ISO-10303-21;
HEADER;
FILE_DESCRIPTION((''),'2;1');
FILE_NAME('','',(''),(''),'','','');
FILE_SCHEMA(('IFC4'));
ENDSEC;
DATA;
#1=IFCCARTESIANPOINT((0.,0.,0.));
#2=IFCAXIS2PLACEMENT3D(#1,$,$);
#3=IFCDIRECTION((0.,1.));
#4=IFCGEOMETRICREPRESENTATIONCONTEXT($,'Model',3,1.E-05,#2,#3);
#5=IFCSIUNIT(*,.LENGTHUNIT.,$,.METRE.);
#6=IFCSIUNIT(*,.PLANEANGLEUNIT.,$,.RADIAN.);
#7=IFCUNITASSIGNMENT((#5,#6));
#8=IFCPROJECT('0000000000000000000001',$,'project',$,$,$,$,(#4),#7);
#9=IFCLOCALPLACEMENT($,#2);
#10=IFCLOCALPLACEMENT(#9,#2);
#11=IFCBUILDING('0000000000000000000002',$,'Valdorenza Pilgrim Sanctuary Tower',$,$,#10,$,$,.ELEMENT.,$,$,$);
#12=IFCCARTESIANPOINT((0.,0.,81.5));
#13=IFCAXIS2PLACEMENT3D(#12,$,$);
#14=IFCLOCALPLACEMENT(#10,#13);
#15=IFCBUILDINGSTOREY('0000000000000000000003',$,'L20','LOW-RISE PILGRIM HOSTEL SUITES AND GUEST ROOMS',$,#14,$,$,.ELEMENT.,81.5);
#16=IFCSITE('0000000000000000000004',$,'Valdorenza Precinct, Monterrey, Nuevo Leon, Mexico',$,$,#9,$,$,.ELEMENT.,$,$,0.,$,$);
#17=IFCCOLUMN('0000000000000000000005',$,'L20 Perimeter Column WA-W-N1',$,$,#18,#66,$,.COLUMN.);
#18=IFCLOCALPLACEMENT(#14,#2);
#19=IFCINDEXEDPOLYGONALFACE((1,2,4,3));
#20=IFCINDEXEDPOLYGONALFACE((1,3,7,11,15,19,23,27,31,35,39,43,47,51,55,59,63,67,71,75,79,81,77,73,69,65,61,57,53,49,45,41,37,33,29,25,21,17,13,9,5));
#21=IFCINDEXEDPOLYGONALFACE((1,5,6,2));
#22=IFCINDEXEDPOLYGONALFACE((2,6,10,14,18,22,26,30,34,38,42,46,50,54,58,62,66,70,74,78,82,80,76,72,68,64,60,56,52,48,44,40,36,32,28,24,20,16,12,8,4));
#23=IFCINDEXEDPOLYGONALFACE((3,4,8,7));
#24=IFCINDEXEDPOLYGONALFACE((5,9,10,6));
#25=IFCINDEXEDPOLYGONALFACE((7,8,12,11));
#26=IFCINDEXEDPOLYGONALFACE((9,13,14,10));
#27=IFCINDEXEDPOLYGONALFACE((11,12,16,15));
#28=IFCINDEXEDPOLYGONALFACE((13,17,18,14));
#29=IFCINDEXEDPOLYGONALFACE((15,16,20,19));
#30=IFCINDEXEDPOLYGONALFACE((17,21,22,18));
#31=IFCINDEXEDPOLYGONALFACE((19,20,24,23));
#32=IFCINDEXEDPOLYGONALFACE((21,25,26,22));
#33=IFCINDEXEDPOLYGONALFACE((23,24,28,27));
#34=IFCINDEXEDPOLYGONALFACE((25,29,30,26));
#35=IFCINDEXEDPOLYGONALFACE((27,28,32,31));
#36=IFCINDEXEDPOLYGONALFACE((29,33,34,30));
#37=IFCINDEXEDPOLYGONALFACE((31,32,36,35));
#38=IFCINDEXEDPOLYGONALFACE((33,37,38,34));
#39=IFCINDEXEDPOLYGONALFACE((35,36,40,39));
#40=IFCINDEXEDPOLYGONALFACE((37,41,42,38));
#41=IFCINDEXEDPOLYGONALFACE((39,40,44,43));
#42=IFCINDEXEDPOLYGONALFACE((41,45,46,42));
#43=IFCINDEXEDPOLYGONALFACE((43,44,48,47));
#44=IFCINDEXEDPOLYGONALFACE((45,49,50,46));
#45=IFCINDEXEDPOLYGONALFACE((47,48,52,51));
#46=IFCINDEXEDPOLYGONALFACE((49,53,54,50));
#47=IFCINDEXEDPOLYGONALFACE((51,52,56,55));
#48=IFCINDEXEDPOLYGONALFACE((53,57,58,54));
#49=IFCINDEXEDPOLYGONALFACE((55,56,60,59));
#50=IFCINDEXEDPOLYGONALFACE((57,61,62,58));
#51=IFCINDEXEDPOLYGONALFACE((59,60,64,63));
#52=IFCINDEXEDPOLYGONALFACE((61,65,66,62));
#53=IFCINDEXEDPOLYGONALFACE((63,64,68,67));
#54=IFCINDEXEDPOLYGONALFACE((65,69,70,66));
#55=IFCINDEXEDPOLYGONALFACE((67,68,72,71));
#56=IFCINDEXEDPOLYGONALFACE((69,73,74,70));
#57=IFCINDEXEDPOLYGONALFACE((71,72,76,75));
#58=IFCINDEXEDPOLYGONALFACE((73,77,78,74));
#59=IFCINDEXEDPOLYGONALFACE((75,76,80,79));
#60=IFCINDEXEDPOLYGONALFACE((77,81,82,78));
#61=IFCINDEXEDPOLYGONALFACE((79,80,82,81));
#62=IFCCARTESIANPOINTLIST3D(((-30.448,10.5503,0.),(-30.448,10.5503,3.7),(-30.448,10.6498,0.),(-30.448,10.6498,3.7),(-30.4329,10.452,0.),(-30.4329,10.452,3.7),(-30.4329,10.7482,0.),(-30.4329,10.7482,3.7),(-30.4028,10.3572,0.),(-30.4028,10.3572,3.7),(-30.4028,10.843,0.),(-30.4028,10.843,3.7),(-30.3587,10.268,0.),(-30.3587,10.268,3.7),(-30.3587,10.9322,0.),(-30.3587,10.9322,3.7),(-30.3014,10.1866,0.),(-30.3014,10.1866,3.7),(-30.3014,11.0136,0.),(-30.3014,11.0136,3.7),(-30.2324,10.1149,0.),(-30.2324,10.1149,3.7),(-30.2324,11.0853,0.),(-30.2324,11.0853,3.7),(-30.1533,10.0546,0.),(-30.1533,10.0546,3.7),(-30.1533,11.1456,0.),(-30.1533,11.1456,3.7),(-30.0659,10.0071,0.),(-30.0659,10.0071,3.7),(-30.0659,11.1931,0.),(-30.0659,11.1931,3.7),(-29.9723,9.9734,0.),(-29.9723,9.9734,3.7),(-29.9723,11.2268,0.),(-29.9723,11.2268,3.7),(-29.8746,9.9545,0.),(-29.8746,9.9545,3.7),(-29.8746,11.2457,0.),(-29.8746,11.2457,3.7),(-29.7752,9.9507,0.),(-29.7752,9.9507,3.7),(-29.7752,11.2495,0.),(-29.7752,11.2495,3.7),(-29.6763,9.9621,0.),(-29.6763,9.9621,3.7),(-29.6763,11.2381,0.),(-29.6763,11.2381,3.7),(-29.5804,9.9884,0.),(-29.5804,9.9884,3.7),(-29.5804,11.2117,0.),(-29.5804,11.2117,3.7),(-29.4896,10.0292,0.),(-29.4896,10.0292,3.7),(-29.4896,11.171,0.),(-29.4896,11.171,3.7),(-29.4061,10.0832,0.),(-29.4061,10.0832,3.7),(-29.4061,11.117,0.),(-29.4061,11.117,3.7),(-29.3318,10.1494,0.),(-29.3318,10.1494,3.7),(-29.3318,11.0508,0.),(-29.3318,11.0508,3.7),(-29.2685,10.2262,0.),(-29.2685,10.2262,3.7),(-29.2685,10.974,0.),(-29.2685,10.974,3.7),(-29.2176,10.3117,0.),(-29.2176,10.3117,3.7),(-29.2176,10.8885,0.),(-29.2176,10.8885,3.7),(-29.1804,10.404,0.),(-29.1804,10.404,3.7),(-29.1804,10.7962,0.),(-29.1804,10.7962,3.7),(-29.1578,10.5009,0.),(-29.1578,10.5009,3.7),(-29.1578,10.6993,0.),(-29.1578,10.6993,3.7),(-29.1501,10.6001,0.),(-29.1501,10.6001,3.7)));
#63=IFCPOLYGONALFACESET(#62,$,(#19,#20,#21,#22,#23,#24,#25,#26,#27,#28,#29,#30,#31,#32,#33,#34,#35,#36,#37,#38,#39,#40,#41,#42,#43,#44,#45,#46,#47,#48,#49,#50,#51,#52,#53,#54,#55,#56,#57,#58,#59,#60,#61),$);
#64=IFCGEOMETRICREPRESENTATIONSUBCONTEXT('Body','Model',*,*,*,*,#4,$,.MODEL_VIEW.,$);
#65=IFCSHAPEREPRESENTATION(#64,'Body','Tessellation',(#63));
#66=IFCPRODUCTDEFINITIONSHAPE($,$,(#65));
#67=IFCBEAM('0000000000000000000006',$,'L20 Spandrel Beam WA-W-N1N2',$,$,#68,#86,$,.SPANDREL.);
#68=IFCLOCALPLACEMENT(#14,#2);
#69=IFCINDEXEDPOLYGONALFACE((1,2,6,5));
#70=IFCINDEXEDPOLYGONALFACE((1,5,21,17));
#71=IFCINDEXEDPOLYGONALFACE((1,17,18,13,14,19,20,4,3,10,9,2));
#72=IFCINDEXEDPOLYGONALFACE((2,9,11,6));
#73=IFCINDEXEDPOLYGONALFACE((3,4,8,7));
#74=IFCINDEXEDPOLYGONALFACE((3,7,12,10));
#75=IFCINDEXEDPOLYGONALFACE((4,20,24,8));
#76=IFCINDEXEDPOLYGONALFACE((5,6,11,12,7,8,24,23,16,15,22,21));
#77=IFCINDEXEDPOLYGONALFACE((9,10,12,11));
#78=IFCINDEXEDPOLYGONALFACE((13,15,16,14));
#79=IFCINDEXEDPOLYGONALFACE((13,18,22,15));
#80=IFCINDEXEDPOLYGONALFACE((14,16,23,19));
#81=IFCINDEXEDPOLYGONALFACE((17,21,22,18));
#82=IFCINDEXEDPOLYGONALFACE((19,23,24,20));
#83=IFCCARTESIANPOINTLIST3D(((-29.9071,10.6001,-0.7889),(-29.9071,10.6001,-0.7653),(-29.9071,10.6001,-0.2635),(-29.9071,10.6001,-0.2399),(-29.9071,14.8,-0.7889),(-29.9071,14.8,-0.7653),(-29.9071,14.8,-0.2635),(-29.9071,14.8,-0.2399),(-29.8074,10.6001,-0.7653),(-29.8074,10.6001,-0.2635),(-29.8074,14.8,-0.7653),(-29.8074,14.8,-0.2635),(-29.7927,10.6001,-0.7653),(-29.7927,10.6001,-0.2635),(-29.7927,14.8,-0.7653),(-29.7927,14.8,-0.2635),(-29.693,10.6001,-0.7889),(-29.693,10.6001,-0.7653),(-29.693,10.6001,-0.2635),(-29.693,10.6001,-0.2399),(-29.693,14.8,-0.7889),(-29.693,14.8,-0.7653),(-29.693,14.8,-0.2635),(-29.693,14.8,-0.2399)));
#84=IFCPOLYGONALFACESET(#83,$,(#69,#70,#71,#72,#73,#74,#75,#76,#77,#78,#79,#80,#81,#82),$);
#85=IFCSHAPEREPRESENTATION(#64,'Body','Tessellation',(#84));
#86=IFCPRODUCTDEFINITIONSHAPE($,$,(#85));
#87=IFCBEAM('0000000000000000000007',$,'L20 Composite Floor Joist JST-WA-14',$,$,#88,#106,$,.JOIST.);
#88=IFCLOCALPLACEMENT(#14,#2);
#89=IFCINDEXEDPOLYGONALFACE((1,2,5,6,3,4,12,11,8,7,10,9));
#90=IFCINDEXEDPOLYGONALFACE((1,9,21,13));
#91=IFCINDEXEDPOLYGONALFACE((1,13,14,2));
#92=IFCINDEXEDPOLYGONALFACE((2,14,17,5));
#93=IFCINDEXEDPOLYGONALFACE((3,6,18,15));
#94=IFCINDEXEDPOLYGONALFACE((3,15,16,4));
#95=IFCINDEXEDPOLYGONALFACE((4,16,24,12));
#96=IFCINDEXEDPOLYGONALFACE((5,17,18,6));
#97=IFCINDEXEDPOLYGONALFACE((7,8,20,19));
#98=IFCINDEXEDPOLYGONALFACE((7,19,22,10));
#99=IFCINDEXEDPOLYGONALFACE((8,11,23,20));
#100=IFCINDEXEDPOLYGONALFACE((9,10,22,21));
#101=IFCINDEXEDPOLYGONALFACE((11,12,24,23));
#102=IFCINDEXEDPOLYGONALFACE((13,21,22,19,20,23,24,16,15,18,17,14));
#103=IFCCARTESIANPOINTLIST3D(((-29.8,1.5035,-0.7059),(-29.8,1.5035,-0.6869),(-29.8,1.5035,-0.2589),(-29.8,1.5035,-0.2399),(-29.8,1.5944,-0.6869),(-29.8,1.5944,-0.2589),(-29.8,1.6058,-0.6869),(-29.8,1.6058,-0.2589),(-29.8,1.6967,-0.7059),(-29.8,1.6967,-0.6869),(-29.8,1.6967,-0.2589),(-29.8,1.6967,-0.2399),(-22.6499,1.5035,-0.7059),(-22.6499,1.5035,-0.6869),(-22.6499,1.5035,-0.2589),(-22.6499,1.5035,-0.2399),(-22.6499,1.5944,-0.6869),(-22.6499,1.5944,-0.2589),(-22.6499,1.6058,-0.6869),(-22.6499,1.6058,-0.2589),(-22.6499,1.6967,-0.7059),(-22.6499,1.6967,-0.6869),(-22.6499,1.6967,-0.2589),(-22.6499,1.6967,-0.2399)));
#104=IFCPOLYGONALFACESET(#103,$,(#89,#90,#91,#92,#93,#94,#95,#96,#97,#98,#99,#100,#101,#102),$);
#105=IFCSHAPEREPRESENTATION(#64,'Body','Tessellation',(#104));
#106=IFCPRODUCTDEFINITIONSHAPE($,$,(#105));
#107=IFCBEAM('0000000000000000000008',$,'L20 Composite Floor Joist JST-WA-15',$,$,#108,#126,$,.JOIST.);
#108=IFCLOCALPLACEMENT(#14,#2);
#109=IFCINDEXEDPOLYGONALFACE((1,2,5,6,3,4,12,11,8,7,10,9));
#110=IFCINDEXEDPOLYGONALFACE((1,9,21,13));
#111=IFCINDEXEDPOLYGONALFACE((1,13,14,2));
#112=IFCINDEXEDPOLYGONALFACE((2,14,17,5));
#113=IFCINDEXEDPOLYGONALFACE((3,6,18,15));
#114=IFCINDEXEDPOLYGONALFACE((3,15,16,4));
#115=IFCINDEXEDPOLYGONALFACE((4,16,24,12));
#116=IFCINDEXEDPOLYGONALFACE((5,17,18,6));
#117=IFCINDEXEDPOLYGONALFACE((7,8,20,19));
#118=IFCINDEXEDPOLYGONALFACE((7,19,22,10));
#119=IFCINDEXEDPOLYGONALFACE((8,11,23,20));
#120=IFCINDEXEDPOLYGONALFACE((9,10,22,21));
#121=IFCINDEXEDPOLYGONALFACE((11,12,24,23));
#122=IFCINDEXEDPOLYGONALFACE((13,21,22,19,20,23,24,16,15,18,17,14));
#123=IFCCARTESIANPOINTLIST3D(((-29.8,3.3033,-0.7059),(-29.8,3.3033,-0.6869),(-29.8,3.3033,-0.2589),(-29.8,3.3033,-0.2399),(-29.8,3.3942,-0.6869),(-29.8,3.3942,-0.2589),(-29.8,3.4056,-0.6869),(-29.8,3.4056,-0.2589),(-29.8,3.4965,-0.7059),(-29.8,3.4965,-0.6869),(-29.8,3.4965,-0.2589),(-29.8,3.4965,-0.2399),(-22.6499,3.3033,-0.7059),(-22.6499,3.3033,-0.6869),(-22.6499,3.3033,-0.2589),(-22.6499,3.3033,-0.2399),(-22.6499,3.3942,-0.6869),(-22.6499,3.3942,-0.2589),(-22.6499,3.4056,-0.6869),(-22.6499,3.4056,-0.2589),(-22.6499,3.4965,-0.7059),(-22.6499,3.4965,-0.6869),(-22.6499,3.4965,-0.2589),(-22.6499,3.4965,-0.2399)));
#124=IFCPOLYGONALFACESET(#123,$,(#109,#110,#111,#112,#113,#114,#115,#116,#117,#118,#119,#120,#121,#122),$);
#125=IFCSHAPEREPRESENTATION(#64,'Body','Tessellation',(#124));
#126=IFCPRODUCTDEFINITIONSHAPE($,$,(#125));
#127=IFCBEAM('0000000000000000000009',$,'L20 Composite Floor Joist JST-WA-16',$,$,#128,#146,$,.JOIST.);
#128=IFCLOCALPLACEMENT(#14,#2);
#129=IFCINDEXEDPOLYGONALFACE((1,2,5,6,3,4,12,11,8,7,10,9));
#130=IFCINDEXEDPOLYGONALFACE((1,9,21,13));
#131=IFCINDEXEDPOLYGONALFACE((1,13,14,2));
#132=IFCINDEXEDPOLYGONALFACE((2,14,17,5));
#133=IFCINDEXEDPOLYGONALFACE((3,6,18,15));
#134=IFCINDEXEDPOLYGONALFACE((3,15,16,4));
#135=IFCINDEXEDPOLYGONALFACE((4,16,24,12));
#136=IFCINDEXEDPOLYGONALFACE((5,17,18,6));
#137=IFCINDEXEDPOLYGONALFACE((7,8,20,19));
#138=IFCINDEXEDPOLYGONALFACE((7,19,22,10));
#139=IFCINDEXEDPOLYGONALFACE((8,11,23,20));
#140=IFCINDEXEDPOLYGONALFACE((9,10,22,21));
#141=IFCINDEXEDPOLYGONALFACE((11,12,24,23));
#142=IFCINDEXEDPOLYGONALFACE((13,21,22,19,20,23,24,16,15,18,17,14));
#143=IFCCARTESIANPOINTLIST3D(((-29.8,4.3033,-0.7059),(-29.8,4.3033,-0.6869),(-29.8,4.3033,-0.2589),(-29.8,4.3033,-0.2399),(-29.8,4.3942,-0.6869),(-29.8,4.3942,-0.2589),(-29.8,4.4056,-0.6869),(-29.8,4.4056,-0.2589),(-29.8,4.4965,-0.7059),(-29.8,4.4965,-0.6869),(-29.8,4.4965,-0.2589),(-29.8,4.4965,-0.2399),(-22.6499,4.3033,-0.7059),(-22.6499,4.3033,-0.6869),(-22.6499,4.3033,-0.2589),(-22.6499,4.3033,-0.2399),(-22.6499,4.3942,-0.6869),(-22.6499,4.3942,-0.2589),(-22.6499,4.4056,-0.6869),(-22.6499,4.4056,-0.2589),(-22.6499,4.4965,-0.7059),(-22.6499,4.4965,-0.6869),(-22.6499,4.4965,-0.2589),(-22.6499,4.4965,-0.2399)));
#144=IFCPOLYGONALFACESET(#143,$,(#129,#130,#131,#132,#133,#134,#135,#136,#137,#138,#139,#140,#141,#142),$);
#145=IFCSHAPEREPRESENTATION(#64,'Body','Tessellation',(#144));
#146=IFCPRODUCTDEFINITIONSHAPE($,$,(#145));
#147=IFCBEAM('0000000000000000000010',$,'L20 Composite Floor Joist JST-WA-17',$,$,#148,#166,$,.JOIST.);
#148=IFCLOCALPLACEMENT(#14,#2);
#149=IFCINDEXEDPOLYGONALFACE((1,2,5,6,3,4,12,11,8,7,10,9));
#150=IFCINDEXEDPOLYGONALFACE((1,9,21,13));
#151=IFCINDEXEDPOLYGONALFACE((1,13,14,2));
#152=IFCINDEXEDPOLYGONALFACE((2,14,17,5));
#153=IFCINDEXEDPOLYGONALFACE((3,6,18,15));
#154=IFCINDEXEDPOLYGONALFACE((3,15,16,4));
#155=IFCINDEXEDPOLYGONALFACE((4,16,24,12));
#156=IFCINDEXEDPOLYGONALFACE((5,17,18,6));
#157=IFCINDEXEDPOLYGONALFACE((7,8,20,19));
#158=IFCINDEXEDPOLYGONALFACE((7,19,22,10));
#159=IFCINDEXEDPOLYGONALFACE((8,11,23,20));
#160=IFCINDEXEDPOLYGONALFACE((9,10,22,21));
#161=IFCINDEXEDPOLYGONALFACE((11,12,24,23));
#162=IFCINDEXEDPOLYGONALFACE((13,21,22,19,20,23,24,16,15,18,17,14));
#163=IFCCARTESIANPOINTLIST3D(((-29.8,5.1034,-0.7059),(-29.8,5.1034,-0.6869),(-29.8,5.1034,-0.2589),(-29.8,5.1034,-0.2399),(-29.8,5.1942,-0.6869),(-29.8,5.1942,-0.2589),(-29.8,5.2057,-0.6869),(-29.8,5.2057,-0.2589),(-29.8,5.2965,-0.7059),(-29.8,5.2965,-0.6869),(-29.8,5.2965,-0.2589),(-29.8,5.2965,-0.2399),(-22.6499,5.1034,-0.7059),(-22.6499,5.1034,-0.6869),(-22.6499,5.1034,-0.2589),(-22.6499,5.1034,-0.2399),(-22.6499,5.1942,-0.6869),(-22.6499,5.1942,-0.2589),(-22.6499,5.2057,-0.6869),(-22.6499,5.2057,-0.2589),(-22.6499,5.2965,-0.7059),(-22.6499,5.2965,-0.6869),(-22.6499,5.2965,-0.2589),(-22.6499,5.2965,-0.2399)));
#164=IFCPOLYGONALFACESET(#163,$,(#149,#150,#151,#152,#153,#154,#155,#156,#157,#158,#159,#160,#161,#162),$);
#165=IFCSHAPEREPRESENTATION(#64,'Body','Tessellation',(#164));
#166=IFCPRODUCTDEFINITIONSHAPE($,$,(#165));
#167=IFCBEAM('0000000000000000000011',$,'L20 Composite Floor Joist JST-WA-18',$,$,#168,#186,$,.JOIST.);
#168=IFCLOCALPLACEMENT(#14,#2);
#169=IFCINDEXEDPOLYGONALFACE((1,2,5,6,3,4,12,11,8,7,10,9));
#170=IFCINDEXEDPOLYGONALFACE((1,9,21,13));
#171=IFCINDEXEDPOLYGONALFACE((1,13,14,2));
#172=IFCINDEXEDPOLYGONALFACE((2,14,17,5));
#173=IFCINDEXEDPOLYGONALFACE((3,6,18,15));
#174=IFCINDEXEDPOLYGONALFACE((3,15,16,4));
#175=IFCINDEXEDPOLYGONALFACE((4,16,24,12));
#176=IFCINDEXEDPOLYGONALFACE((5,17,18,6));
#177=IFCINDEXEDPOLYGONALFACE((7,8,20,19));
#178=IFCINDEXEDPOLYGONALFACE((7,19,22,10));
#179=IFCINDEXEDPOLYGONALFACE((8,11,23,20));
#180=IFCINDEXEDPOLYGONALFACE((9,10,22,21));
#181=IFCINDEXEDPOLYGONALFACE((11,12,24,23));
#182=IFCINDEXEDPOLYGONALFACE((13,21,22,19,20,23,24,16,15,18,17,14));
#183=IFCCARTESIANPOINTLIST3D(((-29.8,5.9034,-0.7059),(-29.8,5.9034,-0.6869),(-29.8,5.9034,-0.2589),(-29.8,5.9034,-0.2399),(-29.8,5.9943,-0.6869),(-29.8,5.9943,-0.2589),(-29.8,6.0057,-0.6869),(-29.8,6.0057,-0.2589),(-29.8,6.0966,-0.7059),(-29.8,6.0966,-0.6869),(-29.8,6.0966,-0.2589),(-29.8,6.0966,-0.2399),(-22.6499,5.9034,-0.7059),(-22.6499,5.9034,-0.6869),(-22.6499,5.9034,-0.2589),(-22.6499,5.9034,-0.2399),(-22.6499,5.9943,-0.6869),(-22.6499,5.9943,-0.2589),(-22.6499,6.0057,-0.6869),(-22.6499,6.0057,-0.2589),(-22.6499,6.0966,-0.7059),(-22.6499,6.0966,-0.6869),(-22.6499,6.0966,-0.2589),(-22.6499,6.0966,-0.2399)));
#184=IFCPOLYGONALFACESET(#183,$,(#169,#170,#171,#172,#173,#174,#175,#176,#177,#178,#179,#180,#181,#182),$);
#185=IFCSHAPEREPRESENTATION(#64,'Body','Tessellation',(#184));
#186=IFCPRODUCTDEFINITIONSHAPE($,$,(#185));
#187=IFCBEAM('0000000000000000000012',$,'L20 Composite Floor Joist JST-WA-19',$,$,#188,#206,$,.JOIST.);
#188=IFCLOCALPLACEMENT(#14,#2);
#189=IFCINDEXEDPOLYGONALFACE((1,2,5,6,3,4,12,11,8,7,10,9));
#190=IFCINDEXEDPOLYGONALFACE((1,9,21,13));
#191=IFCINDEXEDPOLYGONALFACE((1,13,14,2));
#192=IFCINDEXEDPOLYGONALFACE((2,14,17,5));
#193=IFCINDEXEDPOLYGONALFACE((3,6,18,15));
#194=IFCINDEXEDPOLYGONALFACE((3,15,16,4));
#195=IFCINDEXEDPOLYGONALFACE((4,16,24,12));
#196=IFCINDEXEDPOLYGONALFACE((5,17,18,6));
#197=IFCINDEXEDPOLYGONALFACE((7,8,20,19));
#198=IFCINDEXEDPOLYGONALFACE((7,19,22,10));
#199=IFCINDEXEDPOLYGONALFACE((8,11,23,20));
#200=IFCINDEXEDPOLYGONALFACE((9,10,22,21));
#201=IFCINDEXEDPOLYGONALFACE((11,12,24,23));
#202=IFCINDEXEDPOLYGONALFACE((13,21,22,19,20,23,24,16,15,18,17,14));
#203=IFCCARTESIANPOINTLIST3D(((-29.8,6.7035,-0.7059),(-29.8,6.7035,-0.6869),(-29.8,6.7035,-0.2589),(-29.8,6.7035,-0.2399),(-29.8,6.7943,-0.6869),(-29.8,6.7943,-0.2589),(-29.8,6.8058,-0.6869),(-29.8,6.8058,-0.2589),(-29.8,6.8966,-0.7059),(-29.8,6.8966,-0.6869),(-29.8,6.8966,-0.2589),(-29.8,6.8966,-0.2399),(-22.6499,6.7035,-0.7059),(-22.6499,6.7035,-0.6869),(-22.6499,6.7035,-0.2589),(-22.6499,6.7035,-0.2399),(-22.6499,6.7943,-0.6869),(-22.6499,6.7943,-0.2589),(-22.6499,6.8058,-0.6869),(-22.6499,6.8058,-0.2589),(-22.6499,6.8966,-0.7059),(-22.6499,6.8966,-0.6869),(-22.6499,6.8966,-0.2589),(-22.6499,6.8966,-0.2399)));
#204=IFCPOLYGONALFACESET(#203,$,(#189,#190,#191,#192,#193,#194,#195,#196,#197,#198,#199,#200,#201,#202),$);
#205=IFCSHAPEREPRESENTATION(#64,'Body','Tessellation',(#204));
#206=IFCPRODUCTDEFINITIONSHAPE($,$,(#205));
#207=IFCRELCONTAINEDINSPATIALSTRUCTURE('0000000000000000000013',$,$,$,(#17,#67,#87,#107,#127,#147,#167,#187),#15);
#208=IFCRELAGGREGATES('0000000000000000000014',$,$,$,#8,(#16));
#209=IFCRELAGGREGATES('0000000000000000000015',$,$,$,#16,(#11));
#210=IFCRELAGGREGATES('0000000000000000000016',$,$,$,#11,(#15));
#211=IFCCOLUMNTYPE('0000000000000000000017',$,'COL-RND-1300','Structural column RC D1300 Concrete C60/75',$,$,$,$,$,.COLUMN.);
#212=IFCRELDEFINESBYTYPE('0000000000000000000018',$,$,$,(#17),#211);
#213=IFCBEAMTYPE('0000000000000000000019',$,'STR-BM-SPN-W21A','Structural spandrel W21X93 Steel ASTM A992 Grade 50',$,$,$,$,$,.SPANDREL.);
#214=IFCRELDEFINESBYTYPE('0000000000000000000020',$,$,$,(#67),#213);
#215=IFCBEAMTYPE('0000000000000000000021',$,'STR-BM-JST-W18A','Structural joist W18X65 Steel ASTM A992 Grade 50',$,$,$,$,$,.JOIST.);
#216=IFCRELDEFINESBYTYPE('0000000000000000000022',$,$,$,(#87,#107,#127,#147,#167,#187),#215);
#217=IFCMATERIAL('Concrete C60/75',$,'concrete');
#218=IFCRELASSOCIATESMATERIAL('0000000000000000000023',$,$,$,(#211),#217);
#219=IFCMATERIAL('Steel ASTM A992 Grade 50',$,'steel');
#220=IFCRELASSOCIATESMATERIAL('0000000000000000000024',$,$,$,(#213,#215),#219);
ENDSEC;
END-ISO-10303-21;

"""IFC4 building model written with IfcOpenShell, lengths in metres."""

from ifc_helpers import new_model, si_unit, direction, frame, origin, origin_2d, place, context, subcontext, project, spatial, circle, i_section, extrude, source, transform, mapped, material, material_profile, profile_set, type_object, element, save


model = new_model("IFC4")

# Units and contexts
model_context = context("Model", 3, precision=1e-05, world=origin(), true_north=direction((0.0, 1.0)))
body_context = subcontext(model_context, "Body", "Model", "MODEL_VIEW")
ifc_project = project(units=[si_unit("LENGTHUNIT", "METRE"), si_unit("PLANEANGLEUNIT", "RADIAN")], contexts=[model_context])

# Site, building, storey
site_placement = place(None, origin())
site = spatial("IfcSite", under=ifc_project, at=site_placement, Name="Valdorenza Precinct, Monterrey, Nuevo Leon, Mexico", CompositionType="ELEMENT", RefElevation=0.0)
building_placement = place(site_placement, origin())
building = spatial("IfcBuilding", under=site, at=building_placement, Name="Valdorenza Pilgrim Sanctuary Tower", CompositionType="ELEMENT")
storey_placement = place(building_placement, frame((0.0, 0.0, 81.5)))
storey = spatial("IfcBuildingStorey", under=building, at=storey_placement, Name="L20", Description="LOW-RISE PILGRIM HOSTEL SUITES AND GUEST ROOMS", CompositionType="ELEMENT", Elevation=81.5)

# Column
ifc_material_1 = material(Name="Concrete C60/75", Category="concrete")
ifc_material_profile_1 = material_profile(ifc_material_1, circle(Radius=0.6499, at=origin_2d()), Name="RC D1300")
ifc_profile_set_1 = profile_set([ifc_material_profile_1], Name="Concrete C60/75")
column_type = type_object("IfcColumnType", Name="COL-RND-1300", Description="Structural column RC D1300 Concrete C60/75", PredefinedType="COLUMN", material=ifc_profile_set_1)
shared_shape_1 = source(origin(), body_context, "Body", "SweptSolid", [
    extrude(circle(Radius=0.6499, at=origin_2d()), origin(), (0.0, 0.0, 1.0), 3.7),
])
column_placement = place(storey_placement, frame((-29.8, 10.6001, 0.0), z_axis=(0.0, 0.0, 1.0), x_axis=(1.0, 0.0, 0.0)))
element("IfcColumn", 1, at=column_placement, inside=storey, type_object=column_type, Name="L20 Perimeter Column WA-W-N1", PredefinedType="COLUMN", context=body_context, shape_type="MappedRepresentation", body=[
    mapped(shared_shape_1, transform((0.0, 0.0, 0.0), x_axis=(1.0, 0.0, 0.0), y_axis=(0.0, 1.0, 0.0), z_axis=(0.0, 0.0, 1.0), scale=1.0)),
])

# Beams
ifc_material_2 = material(Name="Steel ASTM A992 Grade 50", Category="steel")
ifc_material_profile_2 = material_profile(ifc_material_2, i_section(OverallWidth=0.2141, OverallDepth=0.5491, WebThickness=0.0146, FlangeThickness=0.0237, at=origin_2d()), Name="W21X93")
ifc_profile_set_2 = profile_set([ifc_material_profile_2], Name="Steel ASTM A992 Grade 50")
beam_type_1 = type_object("IfcBeamType", Name="STR-BM-SPN-W21A", Description="Structural spandrel W21X93 Steel ASTM A992 Grade 50", PredefinedType="SPANDREL", material=ifc_profile_set_2)
shared_shape_2 = source(origin(), body_context, "Body", "SweptSolid", [
    extrude(i_section(OverallWidth=0.2141, OverallDepth=0.5491, WebThickness=0.0146, FlangeThickness=0.0237, at=origin_2d()), origin(), (0.0, 0.0, 1.0), 4.2),
])
beam_1_placement = place(storey_placement, frame((-29.8, 10.6001, -0.5144), z_axis=(0.0, 1.0, 0.0), x_axis=(-1.0, 0.0, 0.0)))
element("IfcBeam", 2, at=beam_1_placement, inside=storey, type_object=beam_type_1, Name="L20 Spandrel Beam WA-W-N1N2", PredefinedType="SPANDREL", context=body_context, shape_type="MappedRepresentation", body=[
    mapped(shared_shape_2, transform((0.0, 0.0, 0.0), x_axis=(1.0, 0.0, 0.0), y_axis=(0.0, 1.0, 0.0), z_axis=(0.0, 0.0, 1.0), scale=1.0)),
])
ifc_material_profile_3 = material_profile(ifc_material_2, i_section(OverallWidth=0.1931, OverallDepth=0.4661, WebThickness=0.0115, FlangeThickness=0.019, at=origin_2d()), Name="W18X65")
ifc_profile_set_3 = profile_set([ifc_material_profile_3], Name="Steel ASTM A992 Grade 50")
beam_type_2 = type_object("IfcBeamType", Name="STR-BM-JST-W18A", Description="Structural joist W18X65 Steel ASTM A992 Grade 50", PredefinedType="JOIST", material=ifc_profile_set_3)
shared_shape_3 = source(origin(), body_context, "Body", "SweptSolid", [
    extrude(i_section(OverallWidth=0.1931, OverallDepth=0.4661, WebThickness=0.0115, FlangeThickness=0.019, at=origin_2d()), origin(), (0.0, 0.0, 1.0), 7.1501),
])
for number, where, z_axis, x_axis, name in (
    (3, (-29.8, 1.6001, -0.4729), (1.0, 0.0, 0.0), (0.0, 1.0, 0.0), "L20 Composite Floor Joist JST-WA-14"),
    (4, (-29.8, 3.3999, -0.4729), (1.0, 0.0, 0.0), (0.0, 1.0, 0.0), "L20 Composite Floor Joist JST-WA-15"),
    (5, (-29.8, 4.3999, -0.4729), (1.0, 0.0, 0.0), (0.0, 1.0, 0.0), "L20 Composite Floor Joist JST-WA-16"),
    (6, (-29.8, 5.2, -0.4729), (1.0, 0.0, 0.0), (0.0, 1.0, 0.0), "L20 Composite Floor Joist JST-WA-17"),
    (7, (-29.8, 6.0, -0.4729), (1.0, 0.0, 0.0), (0.0, 1.0, 0.0), "L20 Composite Floor Joist JST-WA-18"),
    (8, (-29.8, 6.8, -0.4729), (1.0, 0.0, 0.0), (0.0, 1.0, 0.0), "L20 Composite Floor Joist JST-WA-19"),
):
    element("IfcBeam", number, at=place(storey_placement, frame(where, z_axis=z_axis, x_axis=x_axis)), inside=storey, type_object=beam_type_2, Name=name, PredefinedType="JOIST", context=body_context, shape_type="MappedRepresentation", body=[
        mapped(shared_shape_3, transform((0.0, 0.0, 0.0), x_axis=(1.0, 0.0, 0.0), y_axis=(0.0, 1.0, 0.0), z_axis=(0.0, 0.0, 1.0), scale=1.0)),
    ])

save(model, "model.ifc")
